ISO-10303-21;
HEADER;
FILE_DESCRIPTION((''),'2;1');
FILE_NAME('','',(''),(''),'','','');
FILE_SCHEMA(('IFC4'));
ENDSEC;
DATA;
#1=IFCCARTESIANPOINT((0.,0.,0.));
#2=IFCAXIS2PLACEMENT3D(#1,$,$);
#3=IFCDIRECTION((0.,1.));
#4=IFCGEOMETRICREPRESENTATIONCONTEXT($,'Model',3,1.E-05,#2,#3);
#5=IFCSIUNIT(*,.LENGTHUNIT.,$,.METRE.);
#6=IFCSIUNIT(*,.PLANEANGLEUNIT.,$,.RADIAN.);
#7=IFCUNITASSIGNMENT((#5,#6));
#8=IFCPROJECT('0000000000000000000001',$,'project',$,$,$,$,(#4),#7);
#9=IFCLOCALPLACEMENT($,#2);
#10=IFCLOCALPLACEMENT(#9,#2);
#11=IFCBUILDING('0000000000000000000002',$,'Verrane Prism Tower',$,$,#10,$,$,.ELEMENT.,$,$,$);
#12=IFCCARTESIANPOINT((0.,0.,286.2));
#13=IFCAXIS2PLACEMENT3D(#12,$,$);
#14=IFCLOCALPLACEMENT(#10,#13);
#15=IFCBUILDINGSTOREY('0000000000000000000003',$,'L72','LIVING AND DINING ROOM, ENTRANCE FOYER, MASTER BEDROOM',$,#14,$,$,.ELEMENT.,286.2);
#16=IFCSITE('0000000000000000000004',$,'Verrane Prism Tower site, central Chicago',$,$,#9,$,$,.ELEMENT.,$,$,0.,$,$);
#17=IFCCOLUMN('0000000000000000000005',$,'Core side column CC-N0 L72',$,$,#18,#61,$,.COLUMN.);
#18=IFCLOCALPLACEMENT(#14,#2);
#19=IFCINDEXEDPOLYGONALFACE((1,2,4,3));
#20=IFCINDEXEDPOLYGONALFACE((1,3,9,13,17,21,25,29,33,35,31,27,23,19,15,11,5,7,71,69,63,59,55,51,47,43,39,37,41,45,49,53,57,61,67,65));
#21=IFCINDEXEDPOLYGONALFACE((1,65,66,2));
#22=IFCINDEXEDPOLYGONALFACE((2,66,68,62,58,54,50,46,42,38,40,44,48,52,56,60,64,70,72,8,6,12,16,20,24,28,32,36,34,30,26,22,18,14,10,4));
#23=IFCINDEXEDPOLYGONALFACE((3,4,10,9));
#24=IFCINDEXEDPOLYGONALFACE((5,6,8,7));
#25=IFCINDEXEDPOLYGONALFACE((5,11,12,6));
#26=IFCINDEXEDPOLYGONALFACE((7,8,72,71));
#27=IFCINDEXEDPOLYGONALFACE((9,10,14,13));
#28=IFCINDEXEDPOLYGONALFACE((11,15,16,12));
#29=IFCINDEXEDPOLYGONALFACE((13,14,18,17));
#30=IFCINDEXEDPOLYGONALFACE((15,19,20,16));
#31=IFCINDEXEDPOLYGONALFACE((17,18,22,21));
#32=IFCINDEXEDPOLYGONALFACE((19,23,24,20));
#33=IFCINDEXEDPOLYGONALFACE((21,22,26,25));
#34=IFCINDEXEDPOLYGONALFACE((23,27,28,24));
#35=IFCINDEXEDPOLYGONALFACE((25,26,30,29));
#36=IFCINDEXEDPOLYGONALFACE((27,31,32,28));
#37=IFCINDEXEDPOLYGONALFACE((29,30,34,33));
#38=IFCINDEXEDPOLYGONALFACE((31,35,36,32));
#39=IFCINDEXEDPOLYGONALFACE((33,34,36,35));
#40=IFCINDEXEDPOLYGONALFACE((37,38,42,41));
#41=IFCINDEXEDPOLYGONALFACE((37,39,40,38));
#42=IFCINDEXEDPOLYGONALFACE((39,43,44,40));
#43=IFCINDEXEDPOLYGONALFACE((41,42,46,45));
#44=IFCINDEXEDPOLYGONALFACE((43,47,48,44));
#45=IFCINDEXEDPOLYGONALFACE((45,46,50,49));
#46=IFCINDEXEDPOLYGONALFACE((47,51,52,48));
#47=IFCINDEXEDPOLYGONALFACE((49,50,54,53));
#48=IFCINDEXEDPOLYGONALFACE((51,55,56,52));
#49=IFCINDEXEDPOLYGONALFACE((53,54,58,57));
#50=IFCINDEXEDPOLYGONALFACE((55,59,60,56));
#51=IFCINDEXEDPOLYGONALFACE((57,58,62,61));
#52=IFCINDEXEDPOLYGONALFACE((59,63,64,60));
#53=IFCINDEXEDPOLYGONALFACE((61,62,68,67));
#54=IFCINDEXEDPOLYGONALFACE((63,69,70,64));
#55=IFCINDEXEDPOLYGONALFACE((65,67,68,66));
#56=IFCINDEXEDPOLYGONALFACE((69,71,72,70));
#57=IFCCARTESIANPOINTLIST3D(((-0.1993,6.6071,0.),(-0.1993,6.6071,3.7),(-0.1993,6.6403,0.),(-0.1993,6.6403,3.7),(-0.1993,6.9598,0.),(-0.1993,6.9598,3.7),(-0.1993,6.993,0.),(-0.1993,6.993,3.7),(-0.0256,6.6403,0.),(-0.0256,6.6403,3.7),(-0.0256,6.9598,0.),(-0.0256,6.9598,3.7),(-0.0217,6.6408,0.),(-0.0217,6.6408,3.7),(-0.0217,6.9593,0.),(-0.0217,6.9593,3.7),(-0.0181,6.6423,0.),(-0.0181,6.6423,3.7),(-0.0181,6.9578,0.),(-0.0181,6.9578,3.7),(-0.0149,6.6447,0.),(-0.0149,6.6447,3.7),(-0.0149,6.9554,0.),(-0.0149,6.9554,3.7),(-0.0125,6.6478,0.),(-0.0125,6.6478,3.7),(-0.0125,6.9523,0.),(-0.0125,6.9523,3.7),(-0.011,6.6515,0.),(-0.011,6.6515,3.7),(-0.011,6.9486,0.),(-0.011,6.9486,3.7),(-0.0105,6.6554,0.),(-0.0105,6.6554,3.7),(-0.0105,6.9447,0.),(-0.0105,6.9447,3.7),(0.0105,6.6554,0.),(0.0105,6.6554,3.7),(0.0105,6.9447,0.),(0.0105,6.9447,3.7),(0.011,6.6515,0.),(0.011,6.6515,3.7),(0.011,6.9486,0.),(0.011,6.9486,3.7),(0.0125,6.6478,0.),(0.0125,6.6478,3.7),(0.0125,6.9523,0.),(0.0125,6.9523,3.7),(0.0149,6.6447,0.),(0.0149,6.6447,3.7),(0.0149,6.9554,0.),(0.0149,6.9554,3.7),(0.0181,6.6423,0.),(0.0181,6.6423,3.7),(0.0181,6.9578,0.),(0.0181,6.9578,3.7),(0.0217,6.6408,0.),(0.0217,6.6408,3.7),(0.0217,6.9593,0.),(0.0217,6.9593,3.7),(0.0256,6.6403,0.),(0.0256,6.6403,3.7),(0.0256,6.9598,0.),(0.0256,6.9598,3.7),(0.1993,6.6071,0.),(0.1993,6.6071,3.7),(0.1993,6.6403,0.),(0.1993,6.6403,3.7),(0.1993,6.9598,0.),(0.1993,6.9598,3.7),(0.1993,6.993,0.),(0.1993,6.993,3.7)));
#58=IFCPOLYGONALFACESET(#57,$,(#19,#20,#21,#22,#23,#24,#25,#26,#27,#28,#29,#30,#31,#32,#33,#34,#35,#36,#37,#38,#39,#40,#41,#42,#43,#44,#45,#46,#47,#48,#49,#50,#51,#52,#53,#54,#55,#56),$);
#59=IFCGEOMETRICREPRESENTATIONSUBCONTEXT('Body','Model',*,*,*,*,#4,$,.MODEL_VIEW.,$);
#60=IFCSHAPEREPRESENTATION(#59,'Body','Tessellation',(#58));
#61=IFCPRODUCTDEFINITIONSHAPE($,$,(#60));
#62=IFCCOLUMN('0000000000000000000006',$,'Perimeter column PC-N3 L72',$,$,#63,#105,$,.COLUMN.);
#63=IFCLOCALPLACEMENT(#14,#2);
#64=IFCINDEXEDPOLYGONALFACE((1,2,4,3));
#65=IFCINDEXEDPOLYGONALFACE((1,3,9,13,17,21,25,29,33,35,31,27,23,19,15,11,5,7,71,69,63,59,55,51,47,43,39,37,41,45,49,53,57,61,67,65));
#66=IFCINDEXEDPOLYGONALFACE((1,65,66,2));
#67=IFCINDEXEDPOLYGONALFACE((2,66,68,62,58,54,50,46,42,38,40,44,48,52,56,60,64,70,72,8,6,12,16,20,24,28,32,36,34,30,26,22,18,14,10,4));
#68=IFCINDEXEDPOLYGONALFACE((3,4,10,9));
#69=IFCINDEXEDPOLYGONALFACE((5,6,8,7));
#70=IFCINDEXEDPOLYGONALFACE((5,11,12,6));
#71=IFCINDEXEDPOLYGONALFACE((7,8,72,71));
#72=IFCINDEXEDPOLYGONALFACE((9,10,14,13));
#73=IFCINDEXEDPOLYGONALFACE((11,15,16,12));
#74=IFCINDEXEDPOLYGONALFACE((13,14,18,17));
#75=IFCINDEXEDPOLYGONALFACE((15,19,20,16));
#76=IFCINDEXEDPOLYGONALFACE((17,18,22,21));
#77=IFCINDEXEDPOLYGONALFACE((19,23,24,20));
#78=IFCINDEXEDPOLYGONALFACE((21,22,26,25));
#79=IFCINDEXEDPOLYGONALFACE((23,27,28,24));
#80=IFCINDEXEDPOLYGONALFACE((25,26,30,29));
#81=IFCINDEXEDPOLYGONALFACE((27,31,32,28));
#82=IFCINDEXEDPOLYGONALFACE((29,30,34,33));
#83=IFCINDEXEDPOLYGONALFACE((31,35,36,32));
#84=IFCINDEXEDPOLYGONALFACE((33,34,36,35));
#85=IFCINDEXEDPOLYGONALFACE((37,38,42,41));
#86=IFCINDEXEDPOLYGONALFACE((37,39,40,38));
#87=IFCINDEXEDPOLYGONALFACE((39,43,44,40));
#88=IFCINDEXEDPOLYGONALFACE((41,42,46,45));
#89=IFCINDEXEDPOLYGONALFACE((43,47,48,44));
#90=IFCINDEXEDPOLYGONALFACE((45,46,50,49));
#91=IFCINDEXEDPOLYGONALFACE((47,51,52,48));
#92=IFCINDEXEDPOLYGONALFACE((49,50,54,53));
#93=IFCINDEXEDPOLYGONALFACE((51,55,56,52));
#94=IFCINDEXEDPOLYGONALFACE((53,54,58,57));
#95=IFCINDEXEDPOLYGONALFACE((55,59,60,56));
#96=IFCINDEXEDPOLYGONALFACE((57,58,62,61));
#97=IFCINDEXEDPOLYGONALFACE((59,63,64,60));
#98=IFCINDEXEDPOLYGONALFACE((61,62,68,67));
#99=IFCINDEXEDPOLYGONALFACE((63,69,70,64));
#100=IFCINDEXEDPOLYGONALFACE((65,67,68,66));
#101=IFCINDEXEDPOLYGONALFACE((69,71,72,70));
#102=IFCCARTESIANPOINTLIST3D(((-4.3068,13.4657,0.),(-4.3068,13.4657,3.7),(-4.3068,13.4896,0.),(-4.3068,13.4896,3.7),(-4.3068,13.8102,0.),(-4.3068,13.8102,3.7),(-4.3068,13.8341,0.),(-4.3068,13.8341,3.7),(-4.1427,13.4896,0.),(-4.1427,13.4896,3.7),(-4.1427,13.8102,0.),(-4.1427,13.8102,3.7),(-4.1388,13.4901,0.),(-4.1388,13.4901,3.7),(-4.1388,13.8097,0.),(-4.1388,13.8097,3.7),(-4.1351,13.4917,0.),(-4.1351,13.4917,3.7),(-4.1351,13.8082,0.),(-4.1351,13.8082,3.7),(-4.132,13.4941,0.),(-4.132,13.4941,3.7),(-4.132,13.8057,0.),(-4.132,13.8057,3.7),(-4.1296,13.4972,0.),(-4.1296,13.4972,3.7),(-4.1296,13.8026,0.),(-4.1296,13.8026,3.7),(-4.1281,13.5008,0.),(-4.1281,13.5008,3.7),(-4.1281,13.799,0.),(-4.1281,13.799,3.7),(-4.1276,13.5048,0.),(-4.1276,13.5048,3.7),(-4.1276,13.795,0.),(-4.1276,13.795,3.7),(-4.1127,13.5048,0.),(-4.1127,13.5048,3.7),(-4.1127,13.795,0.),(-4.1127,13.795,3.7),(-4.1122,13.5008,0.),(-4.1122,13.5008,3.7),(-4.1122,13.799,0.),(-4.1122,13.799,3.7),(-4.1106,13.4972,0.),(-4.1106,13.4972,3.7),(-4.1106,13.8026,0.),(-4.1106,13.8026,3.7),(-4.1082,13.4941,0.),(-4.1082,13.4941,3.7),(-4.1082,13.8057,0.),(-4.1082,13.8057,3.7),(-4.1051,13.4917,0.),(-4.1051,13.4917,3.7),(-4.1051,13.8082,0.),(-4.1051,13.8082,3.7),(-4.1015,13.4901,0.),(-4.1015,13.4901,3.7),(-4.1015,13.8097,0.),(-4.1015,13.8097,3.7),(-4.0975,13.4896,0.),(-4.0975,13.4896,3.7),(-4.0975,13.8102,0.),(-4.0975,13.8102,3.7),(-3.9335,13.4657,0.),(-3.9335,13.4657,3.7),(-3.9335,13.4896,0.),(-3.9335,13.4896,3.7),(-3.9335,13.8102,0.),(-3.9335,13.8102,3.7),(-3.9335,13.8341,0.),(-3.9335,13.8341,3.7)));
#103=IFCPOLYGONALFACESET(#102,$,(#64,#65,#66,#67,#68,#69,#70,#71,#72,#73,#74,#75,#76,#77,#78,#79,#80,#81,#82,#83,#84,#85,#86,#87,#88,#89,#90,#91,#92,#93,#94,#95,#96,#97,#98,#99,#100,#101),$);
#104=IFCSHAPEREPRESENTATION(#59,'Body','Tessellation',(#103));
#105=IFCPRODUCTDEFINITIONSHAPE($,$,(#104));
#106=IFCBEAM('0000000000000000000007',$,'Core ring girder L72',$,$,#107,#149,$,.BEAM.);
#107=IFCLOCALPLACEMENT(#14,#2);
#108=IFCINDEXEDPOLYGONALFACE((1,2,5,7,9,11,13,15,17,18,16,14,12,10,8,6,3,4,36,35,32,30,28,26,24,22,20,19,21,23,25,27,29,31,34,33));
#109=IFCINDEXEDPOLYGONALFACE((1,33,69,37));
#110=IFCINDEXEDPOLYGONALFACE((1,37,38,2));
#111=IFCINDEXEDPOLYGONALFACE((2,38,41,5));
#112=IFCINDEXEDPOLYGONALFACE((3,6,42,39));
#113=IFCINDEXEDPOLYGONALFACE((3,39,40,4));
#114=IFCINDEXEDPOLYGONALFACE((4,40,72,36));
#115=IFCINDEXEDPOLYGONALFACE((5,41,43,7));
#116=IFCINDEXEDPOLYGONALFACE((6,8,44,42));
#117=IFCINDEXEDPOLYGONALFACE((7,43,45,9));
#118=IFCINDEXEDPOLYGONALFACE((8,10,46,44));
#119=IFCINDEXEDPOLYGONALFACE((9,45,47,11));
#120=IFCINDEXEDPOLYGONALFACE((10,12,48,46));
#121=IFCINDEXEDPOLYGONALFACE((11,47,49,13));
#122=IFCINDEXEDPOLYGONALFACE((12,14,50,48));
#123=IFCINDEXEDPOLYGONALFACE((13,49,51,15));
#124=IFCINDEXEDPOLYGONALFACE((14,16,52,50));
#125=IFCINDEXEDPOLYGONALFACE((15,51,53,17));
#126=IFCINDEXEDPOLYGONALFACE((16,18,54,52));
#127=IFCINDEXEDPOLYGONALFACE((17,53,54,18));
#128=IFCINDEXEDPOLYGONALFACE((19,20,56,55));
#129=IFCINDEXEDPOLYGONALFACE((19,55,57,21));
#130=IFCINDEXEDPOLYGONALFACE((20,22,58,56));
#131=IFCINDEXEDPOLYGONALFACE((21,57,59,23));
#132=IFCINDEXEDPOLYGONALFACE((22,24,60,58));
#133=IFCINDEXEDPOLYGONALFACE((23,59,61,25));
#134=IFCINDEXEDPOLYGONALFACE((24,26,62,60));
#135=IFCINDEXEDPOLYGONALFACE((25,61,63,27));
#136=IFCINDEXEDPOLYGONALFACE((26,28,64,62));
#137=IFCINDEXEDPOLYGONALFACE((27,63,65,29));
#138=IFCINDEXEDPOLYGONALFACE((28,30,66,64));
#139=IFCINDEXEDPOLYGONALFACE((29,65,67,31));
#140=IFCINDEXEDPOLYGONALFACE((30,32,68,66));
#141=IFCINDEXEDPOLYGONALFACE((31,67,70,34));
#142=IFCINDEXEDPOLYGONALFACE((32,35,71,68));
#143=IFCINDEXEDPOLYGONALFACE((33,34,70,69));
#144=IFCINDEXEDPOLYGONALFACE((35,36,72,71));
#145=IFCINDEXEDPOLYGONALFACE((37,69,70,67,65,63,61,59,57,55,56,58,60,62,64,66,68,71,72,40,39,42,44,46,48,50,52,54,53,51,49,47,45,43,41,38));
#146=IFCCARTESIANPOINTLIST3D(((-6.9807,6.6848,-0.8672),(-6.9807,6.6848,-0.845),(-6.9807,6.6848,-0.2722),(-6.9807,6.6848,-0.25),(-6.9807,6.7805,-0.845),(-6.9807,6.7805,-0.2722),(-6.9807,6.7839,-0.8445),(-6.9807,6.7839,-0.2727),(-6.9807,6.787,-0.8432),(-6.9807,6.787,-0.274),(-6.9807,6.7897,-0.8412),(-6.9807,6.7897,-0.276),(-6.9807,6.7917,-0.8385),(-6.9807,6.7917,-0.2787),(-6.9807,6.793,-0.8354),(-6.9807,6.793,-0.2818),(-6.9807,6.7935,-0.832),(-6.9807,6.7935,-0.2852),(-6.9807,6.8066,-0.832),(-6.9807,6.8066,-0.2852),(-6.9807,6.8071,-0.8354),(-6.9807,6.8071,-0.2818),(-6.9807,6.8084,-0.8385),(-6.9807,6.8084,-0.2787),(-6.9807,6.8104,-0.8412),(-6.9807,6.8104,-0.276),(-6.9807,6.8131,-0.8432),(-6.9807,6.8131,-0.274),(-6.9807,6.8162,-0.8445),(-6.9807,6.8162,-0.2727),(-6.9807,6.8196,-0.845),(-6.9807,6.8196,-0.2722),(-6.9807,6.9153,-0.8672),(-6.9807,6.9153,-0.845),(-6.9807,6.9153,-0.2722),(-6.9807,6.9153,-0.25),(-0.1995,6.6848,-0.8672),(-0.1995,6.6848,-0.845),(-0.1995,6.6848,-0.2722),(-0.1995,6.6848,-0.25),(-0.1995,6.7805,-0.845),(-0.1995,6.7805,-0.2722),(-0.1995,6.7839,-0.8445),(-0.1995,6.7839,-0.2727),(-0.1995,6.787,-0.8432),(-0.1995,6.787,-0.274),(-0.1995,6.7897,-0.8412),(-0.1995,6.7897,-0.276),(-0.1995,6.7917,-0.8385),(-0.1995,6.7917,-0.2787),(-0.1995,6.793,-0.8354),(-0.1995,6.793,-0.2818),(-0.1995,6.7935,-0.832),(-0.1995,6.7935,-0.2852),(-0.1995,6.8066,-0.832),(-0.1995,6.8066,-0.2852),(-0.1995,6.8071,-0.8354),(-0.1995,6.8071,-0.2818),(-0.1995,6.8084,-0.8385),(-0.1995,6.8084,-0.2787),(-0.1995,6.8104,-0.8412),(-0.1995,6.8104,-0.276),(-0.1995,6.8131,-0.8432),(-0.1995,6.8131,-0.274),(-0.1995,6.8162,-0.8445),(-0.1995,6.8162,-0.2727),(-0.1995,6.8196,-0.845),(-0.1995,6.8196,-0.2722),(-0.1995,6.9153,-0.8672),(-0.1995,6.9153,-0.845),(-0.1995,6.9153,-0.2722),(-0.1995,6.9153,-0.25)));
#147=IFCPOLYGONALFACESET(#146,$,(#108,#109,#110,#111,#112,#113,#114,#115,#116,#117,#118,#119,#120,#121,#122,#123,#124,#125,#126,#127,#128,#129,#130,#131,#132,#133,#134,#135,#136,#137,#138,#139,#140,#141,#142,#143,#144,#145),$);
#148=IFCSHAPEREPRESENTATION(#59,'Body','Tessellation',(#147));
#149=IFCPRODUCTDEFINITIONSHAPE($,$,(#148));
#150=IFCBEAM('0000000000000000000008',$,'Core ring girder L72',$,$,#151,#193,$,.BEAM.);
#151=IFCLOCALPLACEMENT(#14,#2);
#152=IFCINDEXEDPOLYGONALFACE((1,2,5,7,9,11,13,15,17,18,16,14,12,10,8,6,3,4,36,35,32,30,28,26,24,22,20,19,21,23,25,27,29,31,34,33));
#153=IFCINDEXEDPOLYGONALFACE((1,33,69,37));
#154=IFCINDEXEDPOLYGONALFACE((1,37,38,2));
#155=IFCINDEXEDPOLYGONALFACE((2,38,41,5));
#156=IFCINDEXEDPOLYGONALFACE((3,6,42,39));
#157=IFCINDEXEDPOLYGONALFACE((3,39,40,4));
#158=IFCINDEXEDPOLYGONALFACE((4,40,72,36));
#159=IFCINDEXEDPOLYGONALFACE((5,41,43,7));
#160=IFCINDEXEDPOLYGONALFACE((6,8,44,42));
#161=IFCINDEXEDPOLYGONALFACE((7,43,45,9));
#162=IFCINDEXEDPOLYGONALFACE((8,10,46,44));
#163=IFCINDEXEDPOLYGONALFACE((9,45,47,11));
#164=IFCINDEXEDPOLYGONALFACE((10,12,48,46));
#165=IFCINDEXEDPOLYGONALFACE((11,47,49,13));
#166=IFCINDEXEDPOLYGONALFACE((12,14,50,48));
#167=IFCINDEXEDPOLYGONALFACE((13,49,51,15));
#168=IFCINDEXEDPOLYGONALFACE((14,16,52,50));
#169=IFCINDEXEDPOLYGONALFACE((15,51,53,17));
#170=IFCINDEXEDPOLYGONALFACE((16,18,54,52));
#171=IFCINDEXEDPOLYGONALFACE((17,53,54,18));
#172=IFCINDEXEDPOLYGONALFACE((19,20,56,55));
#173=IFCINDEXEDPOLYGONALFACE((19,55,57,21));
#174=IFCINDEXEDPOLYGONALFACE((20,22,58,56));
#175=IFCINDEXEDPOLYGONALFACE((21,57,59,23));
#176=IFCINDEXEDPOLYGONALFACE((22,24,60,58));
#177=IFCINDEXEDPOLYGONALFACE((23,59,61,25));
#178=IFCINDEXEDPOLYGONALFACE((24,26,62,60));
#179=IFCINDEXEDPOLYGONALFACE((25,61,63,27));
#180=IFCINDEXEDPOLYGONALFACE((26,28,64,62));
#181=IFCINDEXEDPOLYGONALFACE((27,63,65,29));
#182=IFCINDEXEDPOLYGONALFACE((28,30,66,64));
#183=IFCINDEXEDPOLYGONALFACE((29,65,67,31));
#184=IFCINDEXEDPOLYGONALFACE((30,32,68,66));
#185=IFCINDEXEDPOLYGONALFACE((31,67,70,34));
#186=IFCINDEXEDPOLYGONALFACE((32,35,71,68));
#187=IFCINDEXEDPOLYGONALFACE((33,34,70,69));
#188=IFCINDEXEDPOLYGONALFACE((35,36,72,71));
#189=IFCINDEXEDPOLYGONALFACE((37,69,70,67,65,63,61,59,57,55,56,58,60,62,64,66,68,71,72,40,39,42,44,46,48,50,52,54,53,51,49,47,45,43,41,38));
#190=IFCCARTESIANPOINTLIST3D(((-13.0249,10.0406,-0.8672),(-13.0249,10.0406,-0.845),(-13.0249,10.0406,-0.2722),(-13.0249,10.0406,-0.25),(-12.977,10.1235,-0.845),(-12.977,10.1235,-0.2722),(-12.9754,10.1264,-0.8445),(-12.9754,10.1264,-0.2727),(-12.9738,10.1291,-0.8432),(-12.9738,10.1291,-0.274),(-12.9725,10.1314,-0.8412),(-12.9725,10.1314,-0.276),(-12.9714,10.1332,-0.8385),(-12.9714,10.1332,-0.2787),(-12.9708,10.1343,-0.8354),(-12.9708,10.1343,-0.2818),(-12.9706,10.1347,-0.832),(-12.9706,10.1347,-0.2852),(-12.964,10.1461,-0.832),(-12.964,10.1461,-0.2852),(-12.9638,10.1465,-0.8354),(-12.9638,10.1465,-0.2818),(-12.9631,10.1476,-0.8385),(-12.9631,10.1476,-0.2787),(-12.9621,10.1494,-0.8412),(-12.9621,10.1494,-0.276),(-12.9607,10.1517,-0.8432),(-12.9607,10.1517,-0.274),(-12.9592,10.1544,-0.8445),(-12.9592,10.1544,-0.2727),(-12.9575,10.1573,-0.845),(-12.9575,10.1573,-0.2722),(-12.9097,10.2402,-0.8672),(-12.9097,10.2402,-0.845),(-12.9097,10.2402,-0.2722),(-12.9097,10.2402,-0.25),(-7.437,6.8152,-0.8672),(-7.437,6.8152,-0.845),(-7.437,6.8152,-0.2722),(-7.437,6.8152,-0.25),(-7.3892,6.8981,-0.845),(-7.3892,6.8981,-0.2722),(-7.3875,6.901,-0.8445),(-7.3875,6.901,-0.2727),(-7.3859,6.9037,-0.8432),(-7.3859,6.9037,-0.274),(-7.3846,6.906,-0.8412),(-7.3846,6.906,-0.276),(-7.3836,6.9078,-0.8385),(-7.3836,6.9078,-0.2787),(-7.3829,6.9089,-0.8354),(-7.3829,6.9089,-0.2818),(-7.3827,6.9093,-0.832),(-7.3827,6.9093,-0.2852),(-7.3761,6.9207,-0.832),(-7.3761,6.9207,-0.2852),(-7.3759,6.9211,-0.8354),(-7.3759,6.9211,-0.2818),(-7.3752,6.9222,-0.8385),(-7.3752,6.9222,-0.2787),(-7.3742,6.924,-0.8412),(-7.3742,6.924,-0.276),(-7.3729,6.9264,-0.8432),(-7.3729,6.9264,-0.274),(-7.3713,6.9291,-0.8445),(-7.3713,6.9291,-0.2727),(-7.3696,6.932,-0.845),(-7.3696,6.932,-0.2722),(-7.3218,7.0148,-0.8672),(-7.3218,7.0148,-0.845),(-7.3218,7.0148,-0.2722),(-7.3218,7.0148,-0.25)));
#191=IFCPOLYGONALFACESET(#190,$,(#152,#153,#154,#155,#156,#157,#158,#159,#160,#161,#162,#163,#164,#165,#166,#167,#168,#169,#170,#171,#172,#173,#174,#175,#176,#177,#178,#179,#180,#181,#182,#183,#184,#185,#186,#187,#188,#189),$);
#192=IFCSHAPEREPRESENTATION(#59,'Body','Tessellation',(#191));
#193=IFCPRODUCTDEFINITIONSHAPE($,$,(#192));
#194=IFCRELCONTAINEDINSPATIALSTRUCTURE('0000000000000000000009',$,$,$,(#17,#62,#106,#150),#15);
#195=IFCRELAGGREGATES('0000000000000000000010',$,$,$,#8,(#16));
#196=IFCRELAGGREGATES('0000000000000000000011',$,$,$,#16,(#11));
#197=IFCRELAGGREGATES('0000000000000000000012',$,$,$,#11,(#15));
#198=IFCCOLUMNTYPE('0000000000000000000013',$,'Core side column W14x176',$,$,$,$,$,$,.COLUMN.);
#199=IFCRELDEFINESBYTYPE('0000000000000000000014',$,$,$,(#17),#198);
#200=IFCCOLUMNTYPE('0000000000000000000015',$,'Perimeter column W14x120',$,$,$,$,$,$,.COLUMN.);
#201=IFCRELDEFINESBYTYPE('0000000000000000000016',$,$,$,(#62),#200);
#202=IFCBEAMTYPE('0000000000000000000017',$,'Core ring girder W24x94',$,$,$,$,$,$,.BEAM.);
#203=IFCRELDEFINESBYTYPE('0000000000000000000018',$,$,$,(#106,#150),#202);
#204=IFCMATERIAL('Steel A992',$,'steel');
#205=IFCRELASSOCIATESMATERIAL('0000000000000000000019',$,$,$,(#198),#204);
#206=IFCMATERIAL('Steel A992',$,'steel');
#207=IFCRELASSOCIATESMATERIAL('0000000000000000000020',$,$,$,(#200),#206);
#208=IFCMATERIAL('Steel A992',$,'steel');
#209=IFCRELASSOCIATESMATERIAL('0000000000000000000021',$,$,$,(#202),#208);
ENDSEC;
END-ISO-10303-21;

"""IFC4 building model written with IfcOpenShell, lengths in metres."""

from ifc_helpers import new_model, si_unit, direction, frame, origin, origin_2d, place, context, subcontext, project, spatial, i_section, extrude, material, material_profile, profile_set, type_object, element, save


model = new_model("IFC4")

# Units and contexts
model_context = context("Model", 3, precision=1e-05, world=origin(), true_north=direction((0.0, 1.0)))
body_context = subcontext(model_context, "Body", "Model", "MODEL_VIEW")
ifc_project = project(units=[si_unit("LENGTHUNIT", "METRE"), si_unit("PLANEANGLEUNIT", "RADIAN")], contexts=[model_context])

# Site, building, storey
site_placement = place(None, origin())
site = spatial("IfcSite", under=ifc_project, at=site_placement, Name="Verrane Prism Tower site, central Chicago", CompositionType="ELEMENT", RefElevation=0.0)
building_placement = place(site_placement, origin())
building = spatial("IfcBuilding", under=site, at=building_placement, Name="Verrane Prism Tower", CompositionType="ELEMENT")
storey_placement = place(building_placement, frame((0.0, 0.0, 286.2)))
storey = spatial("IfcBuildingStorey", under=building, at=storey_placement, Name="L72", Description="LIVING AND DINING ROOM, ENTRANCE FOYER, MASTER BEDROOM", CompositionType="ELEMENT", Elevation=286.2)

# Columns
ifc_material_1 = material(Name="Steel A992", Category="steel")
ifc_material_profile_1 = material_profile(ifc_material_1, i_section(OverallWidth=0.3987, OverallDepth=0.386, WebThickness=0.021, FlangeThickness=0.0332, FilletRadius=0.0151, at=origin_2d()), Name="W14x176")
ifc_profile_set_1 = profile_set([ifc_material_profile_1], Name="Steel A992")
column_type_1 = type_object("IfcColumnType", Name="Core side column W14x176", PredefinedType="COLUMN", material=ifc_profile_set_1)
column_1_placement = place(storey_placement, frame((0.0, 6.8, 0.0), z_axis=(0.0, 0.0, 1.0), x_axis=(1.0, 0.0, 0.0)))
element("IfcColumn", 1, at=column_1_placement, inside=storey, type_object=column_type_1, Name="Core side column CC-N0 L72", PredefinedType="COLUMN", context=body_context, shape_type="SweptSolid", body=[
    extrude(i_section(OverallWidth=0.3987, OverallDepth=0.386, WebThickness=0.021, FlangeThickness=0.0332, FilletRadius=0.0151, at=origin_2d()), origin(), (0.0, 0.0, 1.0), 3.7),
])
ifc_material_2 = material(Name="Steel A992", Category="steel")
ifc_material_profile_2 = material_profile(ifc_material_2, i_section(OverallWidth=0.3733, OverallDepth=0.3684, WebThickness=0.0149, FlangeThickness=0.0239, FilletRadius=0.0151, at=origin_2d()), Name="W14x120")
ifc_profile_set_2 = profile_set([ifc_material_profile_2], Name="Steel A992")
column_type_2 = type_object("IfcColumnType", Name="Perimeter column W14x120", PredefinedType="COLUMN", material=ifc_profile_set_2)
column_2_placement = place(storey_placement, frame((-4.1201, 13.6499, 0.0), z_axis=(0.0, 0.0, 1.0), x_axis=(1.0, 0.0, 0.0)))
element("IfcColumn", 2, at=column_2_placement, inside=storey, type_object=column_type_2, Name="Perimeter column PC-N3 L72", PredefinedType="COLUMN", context=body_context, shape_type="SweptSolid", body=[
    extrude(i_section(OverallWidth=0.3733, OverallDepth=0.3684, WebThickness=0.0149, FlangeThickness=0.0239, FilletRadius=0.0151, at=origin_2d()), origin(), (0.0, 0.0, 1.0), 3.7),
])

# Beams
ifc_material_3 = material(Name="Steel A992", Category="steel")
ifc_material_profile_3 = material_profile(ifc_material_3, i_section(OverallWidth=0.2305, OverallDepth=0.6172, WebThickness=0.0132, FlangeThickness=0.0222, FilletRadius=0.0129, at=origin_2d()), Name="W24x94")
ifc_profile_set_3 = profile_set([ifc_material_profile_3], Name="Steel A992")
beam_type_1 = type_object("IfcBeamType", Name="Core ring girder W24x94", PredefinedType="BEAM", material=ifc_profile_set_3)
beam_1_placement = place(storey_placement, frame((-0.1995, 6.8, -0.5586), z_axis=(-1.0, 0.0, 0.0), x_axis=(0.0, -1.0, 0.0)))
element("IfcBeam", 3, at=beam_1_placement, inside=storey, type_object=beam_type_1, Name="Core ring girder L72", PredefinedType="BEAM", context=body_context, shape_type="SweptSolid", body=[
    extrude(i_section(OverallWidth=0.2305, OverallDepth=0.6172, WebThickness=0.0132, FlangeThickness=0.0222, FilletRadius=0.0129, at=origin_2d()), origin(), (0.0, 0.0, 1.0), 6.7812),
])
beam_2_placement = place(storey_placement, frame((-7.3794, 6.915, -0.5586), z_axis=(-0.866081, 0.499904, 0.0), x_axis=(-0.499904, -0.866081, 0.0)))
element("IfcBeam", 4, at=beam_2_placement, inside=storey, type_object=beam_type_1, Name="Core ring girder L72", PredefinedType="BEAM", context=body_context, shape_type="SweptSolid", body=[
    extrude(i_section(OverallWidth=0.2305, OverallDepth=0.6172, WebThickness=0.0132, FlangeThickness=0.0222, FilletRadius=0.0129, at=origin_2d()), origin(), (0.0, 0.0, 1.0), 6.4519),
])

save(model, "model.ifc")
